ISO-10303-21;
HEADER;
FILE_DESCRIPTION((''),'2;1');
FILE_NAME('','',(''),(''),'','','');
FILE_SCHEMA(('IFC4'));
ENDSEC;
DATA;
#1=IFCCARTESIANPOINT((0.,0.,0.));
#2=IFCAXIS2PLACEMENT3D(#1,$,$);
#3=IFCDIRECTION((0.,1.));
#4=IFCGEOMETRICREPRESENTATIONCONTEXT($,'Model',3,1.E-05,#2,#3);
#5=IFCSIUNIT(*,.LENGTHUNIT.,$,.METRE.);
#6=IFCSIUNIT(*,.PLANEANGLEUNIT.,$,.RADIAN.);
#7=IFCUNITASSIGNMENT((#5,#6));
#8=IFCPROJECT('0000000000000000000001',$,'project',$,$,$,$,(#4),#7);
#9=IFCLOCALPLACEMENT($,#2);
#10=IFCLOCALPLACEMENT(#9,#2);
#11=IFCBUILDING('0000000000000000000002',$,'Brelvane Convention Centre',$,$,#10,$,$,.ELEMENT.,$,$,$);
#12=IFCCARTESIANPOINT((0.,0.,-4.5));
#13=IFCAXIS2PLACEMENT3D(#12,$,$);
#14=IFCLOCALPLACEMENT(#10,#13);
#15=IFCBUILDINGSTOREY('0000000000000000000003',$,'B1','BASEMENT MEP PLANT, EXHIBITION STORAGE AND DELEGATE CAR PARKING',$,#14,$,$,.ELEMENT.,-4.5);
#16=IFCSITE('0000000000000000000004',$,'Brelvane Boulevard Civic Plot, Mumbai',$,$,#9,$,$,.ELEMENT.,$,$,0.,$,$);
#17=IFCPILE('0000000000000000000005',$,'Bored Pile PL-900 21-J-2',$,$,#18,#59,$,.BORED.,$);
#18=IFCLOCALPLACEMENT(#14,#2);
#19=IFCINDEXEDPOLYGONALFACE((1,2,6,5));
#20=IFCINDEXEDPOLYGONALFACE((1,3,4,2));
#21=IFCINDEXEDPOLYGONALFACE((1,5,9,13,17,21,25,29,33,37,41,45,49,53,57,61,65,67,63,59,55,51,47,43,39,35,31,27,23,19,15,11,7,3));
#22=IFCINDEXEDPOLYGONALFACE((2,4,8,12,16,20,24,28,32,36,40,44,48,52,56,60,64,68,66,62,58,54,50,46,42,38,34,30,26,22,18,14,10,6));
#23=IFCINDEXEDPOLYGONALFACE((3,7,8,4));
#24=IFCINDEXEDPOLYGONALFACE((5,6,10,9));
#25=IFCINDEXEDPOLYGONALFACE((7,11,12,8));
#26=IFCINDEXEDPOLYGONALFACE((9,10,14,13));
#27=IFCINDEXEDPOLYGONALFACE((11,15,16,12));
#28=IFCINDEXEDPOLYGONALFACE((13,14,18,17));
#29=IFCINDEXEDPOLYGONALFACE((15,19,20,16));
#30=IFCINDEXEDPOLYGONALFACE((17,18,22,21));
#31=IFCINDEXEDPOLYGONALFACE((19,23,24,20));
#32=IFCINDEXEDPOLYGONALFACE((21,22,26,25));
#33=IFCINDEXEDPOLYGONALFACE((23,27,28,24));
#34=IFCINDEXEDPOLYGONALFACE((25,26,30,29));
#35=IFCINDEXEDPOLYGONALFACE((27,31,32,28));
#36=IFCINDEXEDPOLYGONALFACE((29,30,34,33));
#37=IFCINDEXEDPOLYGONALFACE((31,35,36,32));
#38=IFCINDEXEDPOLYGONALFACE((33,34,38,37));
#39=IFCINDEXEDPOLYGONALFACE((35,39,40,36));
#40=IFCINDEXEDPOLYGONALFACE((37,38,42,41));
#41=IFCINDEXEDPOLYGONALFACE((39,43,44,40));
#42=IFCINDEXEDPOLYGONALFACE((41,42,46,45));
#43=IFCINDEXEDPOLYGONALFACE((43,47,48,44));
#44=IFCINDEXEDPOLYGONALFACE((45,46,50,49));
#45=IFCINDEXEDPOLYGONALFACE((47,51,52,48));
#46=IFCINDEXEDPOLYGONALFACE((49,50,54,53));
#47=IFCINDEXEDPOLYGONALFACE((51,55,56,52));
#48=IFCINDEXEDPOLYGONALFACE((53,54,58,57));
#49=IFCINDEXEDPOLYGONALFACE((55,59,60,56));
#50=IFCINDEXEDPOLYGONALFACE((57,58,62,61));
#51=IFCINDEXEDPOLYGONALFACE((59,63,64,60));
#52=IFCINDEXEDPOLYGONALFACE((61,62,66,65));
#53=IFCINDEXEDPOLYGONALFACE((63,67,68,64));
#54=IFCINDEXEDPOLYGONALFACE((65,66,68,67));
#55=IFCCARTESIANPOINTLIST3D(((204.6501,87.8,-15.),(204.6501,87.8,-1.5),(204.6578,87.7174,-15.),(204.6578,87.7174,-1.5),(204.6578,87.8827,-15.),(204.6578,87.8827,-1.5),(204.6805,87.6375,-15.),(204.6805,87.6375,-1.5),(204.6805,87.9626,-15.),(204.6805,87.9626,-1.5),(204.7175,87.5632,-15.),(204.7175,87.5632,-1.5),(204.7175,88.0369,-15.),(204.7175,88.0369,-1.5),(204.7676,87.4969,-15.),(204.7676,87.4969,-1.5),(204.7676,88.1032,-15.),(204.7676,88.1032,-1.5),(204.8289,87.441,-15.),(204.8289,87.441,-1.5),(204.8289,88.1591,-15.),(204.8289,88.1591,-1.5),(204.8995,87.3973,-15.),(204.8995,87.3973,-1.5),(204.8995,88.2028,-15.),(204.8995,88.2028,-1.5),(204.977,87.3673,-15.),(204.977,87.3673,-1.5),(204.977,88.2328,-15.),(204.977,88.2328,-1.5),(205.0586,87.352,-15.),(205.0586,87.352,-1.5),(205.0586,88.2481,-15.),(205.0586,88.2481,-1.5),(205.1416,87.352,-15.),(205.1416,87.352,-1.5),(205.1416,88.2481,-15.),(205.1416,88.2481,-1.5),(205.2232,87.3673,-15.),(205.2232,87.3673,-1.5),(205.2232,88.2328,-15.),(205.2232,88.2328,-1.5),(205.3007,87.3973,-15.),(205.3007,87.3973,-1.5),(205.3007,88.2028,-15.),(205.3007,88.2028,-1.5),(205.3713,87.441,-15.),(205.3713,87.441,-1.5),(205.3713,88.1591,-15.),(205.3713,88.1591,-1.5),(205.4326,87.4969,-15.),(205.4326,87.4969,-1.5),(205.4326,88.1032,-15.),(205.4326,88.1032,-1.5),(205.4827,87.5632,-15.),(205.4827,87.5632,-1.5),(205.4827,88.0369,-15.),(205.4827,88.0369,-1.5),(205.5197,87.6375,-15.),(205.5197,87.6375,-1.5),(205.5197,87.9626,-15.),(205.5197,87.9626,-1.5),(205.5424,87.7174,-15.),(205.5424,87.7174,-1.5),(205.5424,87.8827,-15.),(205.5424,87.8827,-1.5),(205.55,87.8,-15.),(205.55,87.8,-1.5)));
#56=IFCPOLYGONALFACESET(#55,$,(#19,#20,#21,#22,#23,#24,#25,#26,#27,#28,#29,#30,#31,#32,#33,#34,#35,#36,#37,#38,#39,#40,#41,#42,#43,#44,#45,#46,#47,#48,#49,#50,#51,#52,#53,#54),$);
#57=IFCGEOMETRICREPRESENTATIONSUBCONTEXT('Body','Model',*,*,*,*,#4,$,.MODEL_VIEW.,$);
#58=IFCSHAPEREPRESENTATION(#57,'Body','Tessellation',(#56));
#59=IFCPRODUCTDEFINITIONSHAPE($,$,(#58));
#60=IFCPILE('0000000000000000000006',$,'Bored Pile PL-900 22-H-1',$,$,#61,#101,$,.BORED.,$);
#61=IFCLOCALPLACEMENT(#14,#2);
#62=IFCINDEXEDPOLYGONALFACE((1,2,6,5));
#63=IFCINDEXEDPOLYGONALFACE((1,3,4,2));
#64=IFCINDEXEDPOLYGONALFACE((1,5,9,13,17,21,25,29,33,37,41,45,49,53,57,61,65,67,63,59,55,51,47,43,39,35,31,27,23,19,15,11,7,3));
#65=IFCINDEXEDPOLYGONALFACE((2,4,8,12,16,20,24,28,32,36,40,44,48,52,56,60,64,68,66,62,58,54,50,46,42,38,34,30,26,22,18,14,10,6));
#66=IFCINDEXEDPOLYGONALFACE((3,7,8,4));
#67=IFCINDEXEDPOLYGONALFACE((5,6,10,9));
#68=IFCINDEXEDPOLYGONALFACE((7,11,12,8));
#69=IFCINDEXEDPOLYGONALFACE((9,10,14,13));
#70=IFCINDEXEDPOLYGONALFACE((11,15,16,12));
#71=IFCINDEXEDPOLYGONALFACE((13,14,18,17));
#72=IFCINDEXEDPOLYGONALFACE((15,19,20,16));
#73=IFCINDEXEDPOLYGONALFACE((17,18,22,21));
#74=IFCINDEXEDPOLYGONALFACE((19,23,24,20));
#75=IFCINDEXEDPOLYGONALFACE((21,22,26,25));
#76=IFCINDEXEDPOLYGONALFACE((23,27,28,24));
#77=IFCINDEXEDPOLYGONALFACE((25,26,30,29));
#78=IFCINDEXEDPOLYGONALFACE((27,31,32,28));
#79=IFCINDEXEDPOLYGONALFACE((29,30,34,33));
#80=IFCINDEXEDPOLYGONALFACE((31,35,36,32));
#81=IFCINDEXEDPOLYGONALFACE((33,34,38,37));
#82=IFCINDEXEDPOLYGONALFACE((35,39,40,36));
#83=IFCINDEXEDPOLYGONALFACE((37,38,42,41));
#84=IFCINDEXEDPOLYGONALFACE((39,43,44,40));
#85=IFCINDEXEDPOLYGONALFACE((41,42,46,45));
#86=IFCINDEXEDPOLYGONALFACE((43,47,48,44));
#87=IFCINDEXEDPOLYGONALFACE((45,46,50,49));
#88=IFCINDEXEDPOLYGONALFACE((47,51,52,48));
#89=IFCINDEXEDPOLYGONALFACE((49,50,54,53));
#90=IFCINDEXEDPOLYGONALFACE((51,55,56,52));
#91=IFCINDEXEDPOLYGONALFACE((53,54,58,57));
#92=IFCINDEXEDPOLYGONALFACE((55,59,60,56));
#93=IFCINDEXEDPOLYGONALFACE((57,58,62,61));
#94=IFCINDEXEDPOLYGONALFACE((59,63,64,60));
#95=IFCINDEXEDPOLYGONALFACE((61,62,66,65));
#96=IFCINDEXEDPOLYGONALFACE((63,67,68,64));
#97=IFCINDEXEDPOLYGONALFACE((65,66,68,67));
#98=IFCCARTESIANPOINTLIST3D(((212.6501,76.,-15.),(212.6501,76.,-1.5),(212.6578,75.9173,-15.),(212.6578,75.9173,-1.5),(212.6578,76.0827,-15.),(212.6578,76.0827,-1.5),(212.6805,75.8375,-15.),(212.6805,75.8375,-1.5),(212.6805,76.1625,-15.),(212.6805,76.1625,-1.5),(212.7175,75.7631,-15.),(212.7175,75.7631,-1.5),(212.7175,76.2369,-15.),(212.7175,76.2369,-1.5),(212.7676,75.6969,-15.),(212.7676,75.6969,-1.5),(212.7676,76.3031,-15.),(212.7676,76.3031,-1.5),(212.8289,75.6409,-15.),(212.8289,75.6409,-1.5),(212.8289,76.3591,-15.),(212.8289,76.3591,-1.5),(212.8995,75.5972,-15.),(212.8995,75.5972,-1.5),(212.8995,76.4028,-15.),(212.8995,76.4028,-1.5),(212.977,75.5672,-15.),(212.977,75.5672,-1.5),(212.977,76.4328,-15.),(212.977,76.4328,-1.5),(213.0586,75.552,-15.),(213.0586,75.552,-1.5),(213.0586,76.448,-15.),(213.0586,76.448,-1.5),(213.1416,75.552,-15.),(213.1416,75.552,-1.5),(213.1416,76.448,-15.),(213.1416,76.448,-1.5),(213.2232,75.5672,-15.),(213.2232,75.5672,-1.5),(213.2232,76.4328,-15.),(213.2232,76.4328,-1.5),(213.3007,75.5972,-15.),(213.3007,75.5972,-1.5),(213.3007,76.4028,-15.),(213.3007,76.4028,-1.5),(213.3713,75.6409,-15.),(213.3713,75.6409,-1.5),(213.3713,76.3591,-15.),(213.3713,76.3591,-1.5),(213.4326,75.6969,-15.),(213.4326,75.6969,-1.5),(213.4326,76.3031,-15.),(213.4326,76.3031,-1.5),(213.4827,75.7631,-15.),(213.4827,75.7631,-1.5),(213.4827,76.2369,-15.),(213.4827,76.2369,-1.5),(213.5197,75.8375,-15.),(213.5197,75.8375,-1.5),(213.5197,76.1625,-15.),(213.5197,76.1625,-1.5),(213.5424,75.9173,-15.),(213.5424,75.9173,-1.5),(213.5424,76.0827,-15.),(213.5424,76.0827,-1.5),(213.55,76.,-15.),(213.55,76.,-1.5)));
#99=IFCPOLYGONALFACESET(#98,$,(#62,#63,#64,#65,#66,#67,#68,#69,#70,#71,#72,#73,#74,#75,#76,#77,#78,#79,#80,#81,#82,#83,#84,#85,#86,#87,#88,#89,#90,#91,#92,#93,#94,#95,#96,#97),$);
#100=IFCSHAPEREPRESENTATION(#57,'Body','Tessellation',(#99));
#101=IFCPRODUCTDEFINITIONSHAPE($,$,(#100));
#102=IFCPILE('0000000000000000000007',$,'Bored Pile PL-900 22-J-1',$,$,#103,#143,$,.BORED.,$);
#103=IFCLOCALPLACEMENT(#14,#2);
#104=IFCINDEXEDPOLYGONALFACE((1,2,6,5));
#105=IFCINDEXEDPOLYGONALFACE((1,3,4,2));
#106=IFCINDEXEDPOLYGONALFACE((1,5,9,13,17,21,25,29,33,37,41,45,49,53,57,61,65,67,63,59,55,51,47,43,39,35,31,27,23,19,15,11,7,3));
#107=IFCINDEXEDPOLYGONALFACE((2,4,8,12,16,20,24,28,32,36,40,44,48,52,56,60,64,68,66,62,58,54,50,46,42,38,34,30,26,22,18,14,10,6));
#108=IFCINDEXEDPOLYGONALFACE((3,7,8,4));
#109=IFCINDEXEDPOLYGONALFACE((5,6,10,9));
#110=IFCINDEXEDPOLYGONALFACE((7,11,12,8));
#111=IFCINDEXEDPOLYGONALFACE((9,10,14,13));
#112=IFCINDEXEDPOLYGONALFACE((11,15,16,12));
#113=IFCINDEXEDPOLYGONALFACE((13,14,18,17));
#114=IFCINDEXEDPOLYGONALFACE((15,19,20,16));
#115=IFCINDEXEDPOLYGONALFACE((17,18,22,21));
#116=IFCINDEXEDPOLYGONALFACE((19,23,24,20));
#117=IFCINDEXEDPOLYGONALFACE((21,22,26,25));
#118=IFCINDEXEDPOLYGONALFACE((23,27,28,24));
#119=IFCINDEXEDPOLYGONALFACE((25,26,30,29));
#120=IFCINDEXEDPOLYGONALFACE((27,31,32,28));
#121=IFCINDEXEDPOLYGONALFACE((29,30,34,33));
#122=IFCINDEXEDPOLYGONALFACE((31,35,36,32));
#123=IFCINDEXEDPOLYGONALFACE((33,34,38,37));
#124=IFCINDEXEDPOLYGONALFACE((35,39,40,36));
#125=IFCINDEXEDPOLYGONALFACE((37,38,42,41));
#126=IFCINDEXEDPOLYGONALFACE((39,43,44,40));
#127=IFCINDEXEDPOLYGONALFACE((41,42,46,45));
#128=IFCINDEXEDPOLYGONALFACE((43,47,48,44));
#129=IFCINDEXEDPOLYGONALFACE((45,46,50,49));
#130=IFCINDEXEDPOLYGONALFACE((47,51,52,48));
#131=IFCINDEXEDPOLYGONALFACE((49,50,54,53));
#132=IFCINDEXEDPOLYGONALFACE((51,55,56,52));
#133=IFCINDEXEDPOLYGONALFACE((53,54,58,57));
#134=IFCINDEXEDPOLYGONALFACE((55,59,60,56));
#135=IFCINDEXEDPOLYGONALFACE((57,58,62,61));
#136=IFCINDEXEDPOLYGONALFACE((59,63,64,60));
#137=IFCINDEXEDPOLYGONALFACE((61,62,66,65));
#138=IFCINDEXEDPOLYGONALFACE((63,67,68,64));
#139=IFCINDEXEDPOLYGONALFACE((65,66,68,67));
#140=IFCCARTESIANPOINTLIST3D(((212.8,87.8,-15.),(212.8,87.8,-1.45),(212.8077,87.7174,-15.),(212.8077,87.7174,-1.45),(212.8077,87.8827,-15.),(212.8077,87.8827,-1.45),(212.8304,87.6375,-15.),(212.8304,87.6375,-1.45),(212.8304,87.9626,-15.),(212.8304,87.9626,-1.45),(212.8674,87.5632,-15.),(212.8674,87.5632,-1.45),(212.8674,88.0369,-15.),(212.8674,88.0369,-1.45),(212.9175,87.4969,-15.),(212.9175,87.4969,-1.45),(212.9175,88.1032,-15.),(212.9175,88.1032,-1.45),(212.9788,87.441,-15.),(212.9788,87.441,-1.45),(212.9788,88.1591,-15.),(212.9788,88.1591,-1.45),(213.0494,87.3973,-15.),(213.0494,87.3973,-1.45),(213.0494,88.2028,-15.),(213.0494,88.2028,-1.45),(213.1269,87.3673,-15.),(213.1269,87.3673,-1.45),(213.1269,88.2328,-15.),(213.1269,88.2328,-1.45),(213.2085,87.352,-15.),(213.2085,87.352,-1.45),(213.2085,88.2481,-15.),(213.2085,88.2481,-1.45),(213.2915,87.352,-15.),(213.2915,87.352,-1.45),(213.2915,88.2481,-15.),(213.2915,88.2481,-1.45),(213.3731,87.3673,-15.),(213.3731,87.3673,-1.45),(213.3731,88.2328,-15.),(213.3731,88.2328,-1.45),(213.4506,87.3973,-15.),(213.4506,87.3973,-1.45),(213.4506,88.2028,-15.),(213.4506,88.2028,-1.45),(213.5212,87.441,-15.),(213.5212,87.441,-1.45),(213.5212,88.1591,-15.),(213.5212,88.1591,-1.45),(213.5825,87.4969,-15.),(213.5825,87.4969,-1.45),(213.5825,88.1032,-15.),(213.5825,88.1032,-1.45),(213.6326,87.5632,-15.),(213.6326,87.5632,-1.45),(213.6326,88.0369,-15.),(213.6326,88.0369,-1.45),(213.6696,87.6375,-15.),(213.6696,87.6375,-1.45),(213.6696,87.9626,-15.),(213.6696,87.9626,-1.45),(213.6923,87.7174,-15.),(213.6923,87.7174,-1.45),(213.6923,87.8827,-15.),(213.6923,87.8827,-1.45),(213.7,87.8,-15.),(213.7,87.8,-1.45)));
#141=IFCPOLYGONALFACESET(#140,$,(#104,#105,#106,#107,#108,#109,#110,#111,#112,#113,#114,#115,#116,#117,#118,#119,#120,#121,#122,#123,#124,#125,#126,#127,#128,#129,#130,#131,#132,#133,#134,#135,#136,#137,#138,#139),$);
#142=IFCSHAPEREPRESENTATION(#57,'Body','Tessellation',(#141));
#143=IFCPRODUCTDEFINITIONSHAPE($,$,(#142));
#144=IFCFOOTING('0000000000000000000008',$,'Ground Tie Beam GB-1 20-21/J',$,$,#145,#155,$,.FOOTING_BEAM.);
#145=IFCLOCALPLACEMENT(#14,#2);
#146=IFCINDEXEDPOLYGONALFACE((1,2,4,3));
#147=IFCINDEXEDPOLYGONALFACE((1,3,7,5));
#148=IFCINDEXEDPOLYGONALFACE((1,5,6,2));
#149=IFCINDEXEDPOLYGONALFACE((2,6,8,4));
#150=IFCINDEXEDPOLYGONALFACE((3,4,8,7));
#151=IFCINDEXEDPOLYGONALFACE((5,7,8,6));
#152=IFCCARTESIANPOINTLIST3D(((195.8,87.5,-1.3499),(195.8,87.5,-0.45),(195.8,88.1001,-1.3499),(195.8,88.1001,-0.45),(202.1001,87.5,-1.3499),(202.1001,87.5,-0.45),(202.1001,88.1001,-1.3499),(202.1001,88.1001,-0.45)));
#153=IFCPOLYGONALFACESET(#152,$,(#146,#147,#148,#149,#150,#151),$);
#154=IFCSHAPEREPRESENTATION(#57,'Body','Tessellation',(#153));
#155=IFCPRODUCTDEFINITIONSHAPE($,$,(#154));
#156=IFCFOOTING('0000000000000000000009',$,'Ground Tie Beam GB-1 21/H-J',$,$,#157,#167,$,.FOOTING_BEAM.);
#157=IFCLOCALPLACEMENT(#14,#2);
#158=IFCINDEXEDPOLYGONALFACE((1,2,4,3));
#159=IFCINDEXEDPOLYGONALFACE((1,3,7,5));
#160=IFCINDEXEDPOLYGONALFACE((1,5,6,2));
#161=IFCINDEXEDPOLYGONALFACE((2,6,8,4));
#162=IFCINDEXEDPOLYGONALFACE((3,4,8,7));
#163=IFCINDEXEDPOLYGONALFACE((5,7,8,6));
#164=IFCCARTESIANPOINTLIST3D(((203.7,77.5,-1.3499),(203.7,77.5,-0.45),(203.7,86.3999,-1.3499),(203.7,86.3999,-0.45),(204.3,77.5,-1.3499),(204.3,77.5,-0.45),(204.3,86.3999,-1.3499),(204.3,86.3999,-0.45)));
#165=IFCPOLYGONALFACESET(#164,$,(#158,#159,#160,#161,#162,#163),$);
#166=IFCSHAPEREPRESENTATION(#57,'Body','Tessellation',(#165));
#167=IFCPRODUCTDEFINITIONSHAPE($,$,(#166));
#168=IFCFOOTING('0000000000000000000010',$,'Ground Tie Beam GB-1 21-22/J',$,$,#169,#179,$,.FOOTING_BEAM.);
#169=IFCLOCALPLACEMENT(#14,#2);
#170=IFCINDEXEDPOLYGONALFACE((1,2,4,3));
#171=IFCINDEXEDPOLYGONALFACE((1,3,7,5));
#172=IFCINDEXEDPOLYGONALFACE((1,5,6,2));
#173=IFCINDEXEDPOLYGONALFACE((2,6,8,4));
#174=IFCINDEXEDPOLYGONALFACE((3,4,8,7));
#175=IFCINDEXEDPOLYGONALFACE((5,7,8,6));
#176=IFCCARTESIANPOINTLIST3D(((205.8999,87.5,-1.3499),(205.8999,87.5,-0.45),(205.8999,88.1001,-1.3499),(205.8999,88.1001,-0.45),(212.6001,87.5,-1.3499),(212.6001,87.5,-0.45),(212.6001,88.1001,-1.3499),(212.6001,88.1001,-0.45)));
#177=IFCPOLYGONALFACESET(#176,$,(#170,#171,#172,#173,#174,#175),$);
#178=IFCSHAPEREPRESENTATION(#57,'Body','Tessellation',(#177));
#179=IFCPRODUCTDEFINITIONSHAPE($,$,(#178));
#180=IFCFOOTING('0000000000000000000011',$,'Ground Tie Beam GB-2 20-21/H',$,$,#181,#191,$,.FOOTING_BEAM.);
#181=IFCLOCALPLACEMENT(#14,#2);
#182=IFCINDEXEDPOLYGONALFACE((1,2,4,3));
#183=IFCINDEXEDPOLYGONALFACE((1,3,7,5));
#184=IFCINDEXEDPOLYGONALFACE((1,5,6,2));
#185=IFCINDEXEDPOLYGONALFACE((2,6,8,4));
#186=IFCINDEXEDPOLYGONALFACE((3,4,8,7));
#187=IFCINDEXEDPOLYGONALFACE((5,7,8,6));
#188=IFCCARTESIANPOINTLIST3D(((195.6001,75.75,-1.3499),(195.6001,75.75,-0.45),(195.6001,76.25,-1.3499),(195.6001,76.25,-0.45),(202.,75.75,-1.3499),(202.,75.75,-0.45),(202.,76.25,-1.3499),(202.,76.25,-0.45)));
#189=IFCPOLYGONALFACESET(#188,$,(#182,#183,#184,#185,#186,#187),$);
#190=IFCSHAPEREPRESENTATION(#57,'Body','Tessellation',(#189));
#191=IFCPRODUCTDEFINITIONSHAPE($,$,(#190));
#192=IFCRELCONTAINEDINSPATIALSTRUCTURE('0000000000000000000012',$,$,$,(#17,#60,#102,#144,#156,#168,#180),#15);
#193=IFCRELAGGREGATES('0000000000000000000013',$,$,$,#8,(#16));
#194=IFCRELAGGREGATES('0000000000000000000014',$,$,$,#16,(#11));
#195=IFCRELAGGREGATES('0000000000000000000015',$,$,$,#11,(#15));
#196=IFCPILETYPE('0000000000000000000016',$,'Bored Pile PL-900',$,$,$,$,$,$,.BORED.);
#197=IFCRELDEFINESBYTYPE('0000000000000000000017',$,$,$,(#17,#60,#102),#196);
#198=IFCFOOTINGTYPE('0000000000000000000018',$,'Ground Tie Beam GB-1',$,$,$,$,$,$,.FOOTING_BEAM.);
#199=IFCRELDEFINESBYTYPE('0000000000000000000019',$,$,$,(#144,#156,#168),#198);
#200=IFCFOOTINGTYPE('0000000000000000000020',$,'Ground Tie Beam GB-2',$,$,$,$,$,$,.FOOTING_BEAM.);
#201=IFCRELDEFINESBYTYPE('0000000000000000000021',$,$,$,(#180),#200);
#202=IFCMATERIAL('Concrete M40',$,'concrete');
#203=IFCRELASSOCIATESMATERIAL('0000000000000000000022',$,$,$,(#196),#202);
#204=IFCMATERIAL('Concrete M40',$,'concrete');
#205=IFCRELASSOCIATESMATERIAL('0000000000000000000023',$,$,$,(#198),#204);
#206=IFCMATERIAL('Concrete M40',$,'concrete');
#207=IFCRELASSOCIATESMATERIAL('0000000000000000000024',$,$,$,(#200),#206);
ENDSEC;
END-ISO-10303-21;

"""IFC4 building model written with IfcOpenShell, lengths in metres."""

from ifc_helpers import new_model, si_unit, direction, frame, origin, origin_2d, place, context, subcontext, project, spatial, rectangle, circle, extrude, material, material_profile, profile_set, type_object, element, save


model = new_model("IFC4")

# Units and contexts
model_context = context("Model", 3, precision=1e-05, world=origin(), true_north=direction((0.0, 1.0)))
body_context = subcontext(model_context, "Body", "Model", "MODEL_VIEW")
ifc_project = project(units=[si_unit("LENGTHUNIT", "METRE"), si_unit("PLANEANGLEUNIT", "RADIAN")], contexts=[model_context])

# Site, building, storey
site_placement = place(None, origin())
site = spatial("IfcSite", under=ifc_project, at=site_placement, Name="Brelvane Boulevard Civic Plot, Mumbai", CompositionType="ELEMENT", RefElevation=0.0)
building_placement = place(site_placement, origin())
building = spatial("IfcBuilding", under=site, at=building_placement, Name="Brelvane Convention Centre", CompositionType="ELEMENT")
storey_placement = place(building_placement, frame((0.0, 0.0, -4.5)))
storey = spatial("IfcBuildingStorey", under=building, at=storey_placement, Name="B1", Description="BASEMENT MEP PLANT, EXHIBITION STORAGE AND DELEGATE CAR PARKING", CompositionType="ELEMENT", Elevation=-4.5)

# Piles
ifc_material_1 = material(Name="Concrete M40", Category="concrete")
ifc_material_profile_1 = material_profile(ifc_material_1, circle(Radius=0.45, at=origin_2d()), Name="PILE D900")
ifc_profile_set_1 = profile_set([ifc_material_profile_1], Name="Concrete M40")
pile_type = type_object("IfcPileType", Name="Bored Pile PL-900", PredefinedType="BORED", material=ifc_profile_set_1)
for number, where, z_axis, x_axis, name in (
    (1, (205.1001, 87.8, -1.5), (0.0, 0.0, -1.0), (1.0, 0.0, 0.0), "Bored Pile PL-900 21-J-2"),
    (2, (213.1001, 76.0, -1.5), (0.0, 0.0, -1.0), (1.0, 0.0, 0.0), "Bored Pile PL-900 22-H-1"),
):
    element("IfcPile", number, at=place(storey_placement, frame(where, z_axis=z_axis, x_axis=x_axis)), inside=storey, type_object=pile_type, Name=name, PredefinedType="BORED", context=body_context, shape_type="SweptSolid", body=[
        extrude(circle(Radius=0.45, at=origin_2d()), origin(), (0.0, 0.0, 1.0), 13.5),
    ])
pile_placement = place(storey_placement, frame((213.25, 87.8, -1.45), z_axis=(0.0, 0.0, -1.0), x_axis=(1.0, 0.0, 0.0)))
element("IfcPile", 3, at=pile_placement, inside=storey, type_object=pile_type, Name="Bored Pile PL-900 22-J-1", PredefinedType="BORED", context=body_context, shape_type="SweptSolid", body=[
    extrude(circle(Radius=0.45, at=origin_2d()), origin(), (0.0, 0.0, 1.0), 13.55),
])

# Footings
ifc_material_2 = material(Name="Concrete M40", Category="concrete")
ifc_material_profile_2 = material_profile(ifc_material_2, rectangle(XDim=0.6001, YDim=0.8999, at=origin_2d()), Name="RC 600x900")
ifc_profile_set_2 = profile_set([ifc_material_profile_2], Name="Concrete M40")
footing_type_1 = type_object("IfcFootingType", Name="Ground Tie Beam GB-1", PredefinedType="FOOTING_BEAM", material=ifc_profile_set_2)
footing_1_placement = place(storey_placement, frame((195.8, 87.8, -0.8999), z_axis=(1.0, 0.0, 0.0), x_axis=(0.0, 1.0, 0.0)))
element("IfcFooting", 4, at=footing_1_placement, inside=storey, type_object=footing_type_1, Name="Ground Tie Beam GB-1 20-21/J", PredefinedType="FOOTING_BEAM", context=body_context, shape_type="SweptSolid", body=[
    extrude(rectangle(XDim=0.6001, YDim=0.8999, at=origin_2d()), origin(), (0.0, 0.0, 1.0), 6.3),
])
footing_2_placement = place(storey_placement, frame((204.0, 77.5, -0.8999), z_axis=(0.0, 1.0, 0.0), x_axis=(-1.0, 0.0, 0.0)))
element("IfcFooting", 5, at=footing_2_placement, inside=storey, type_object=footing_type_1, Name="Ground Tie Beam GB-1 21/H-J", PredefinedType="FOOTING_BEAM", context=body_context, shape_type="SweptSolid", body=[
    extrude(rectangle(XDim=0.6001, YDim=0.8999, at=origin_2d()), origin(), (0.0, 0.0, 1.0), 8.8999),
])
footing_3_placement = place(storey_placement, frame((205.8999, 87.8, -0.8999), z_axis=(1.0, 0.0, 0.0), x_axis=(0.0, 1.0, 0.0)))
element("IfcFooting", 6, at=footing_3_placement, inside=storey, type_object=footing_type_1, Name="Ground Tie Beam GB-1 21-22/J", PredefinedType="FOOTING_BEAM", context=body_context, shape_type="SweptSolid", body=[
    extrude(rectangle(XDim=0.6001, YDim=0.8999, at=origin_2d()), origin(), (0.0, 0.0, 1.0), 6.7002),
])
ifc_material_3 = material(Name="Concrete M40", Category="concrete")
ifc_material_profile_3 = material_profile(ifc_material_3, rectangle(XDim=0.5, YDim=0.8999, at=origin_2d()), Name="RC 500x900")
ifc_profile_set_3 = profile_set([ifc_material_profile_3], Name="Concrete M40")
footing_type_2 = type_object("IfcFootingType", Name="Ground Tie Beam GB-2", PredefinedType="FOOTING_BEAM", material=ifc_profile_set_3)
footing_4_placement = place(storey_placement, frame((195.6001, 76.0, -0.8999), z_axis=(1.0, 0.0, 0.0), x_axis=(0.0, 1.0, 0.0)))
element("IfcFooting", 7, at=footing_4_placement, inside=storey, type_object=footing_type_2, Name="Ground Tie Beam GB-2 20-21/H", PredefinedType="FOOTING_BEAM", context=body_context, shape_type="SweptSolid", body=[
    extrude(rectangle(XDim=0.5, YDim=0.8999, at=origin_2d()), origin(), (0.0, 0.0, 1.0), 6.3999),
])

save(model, "model.ifc")
